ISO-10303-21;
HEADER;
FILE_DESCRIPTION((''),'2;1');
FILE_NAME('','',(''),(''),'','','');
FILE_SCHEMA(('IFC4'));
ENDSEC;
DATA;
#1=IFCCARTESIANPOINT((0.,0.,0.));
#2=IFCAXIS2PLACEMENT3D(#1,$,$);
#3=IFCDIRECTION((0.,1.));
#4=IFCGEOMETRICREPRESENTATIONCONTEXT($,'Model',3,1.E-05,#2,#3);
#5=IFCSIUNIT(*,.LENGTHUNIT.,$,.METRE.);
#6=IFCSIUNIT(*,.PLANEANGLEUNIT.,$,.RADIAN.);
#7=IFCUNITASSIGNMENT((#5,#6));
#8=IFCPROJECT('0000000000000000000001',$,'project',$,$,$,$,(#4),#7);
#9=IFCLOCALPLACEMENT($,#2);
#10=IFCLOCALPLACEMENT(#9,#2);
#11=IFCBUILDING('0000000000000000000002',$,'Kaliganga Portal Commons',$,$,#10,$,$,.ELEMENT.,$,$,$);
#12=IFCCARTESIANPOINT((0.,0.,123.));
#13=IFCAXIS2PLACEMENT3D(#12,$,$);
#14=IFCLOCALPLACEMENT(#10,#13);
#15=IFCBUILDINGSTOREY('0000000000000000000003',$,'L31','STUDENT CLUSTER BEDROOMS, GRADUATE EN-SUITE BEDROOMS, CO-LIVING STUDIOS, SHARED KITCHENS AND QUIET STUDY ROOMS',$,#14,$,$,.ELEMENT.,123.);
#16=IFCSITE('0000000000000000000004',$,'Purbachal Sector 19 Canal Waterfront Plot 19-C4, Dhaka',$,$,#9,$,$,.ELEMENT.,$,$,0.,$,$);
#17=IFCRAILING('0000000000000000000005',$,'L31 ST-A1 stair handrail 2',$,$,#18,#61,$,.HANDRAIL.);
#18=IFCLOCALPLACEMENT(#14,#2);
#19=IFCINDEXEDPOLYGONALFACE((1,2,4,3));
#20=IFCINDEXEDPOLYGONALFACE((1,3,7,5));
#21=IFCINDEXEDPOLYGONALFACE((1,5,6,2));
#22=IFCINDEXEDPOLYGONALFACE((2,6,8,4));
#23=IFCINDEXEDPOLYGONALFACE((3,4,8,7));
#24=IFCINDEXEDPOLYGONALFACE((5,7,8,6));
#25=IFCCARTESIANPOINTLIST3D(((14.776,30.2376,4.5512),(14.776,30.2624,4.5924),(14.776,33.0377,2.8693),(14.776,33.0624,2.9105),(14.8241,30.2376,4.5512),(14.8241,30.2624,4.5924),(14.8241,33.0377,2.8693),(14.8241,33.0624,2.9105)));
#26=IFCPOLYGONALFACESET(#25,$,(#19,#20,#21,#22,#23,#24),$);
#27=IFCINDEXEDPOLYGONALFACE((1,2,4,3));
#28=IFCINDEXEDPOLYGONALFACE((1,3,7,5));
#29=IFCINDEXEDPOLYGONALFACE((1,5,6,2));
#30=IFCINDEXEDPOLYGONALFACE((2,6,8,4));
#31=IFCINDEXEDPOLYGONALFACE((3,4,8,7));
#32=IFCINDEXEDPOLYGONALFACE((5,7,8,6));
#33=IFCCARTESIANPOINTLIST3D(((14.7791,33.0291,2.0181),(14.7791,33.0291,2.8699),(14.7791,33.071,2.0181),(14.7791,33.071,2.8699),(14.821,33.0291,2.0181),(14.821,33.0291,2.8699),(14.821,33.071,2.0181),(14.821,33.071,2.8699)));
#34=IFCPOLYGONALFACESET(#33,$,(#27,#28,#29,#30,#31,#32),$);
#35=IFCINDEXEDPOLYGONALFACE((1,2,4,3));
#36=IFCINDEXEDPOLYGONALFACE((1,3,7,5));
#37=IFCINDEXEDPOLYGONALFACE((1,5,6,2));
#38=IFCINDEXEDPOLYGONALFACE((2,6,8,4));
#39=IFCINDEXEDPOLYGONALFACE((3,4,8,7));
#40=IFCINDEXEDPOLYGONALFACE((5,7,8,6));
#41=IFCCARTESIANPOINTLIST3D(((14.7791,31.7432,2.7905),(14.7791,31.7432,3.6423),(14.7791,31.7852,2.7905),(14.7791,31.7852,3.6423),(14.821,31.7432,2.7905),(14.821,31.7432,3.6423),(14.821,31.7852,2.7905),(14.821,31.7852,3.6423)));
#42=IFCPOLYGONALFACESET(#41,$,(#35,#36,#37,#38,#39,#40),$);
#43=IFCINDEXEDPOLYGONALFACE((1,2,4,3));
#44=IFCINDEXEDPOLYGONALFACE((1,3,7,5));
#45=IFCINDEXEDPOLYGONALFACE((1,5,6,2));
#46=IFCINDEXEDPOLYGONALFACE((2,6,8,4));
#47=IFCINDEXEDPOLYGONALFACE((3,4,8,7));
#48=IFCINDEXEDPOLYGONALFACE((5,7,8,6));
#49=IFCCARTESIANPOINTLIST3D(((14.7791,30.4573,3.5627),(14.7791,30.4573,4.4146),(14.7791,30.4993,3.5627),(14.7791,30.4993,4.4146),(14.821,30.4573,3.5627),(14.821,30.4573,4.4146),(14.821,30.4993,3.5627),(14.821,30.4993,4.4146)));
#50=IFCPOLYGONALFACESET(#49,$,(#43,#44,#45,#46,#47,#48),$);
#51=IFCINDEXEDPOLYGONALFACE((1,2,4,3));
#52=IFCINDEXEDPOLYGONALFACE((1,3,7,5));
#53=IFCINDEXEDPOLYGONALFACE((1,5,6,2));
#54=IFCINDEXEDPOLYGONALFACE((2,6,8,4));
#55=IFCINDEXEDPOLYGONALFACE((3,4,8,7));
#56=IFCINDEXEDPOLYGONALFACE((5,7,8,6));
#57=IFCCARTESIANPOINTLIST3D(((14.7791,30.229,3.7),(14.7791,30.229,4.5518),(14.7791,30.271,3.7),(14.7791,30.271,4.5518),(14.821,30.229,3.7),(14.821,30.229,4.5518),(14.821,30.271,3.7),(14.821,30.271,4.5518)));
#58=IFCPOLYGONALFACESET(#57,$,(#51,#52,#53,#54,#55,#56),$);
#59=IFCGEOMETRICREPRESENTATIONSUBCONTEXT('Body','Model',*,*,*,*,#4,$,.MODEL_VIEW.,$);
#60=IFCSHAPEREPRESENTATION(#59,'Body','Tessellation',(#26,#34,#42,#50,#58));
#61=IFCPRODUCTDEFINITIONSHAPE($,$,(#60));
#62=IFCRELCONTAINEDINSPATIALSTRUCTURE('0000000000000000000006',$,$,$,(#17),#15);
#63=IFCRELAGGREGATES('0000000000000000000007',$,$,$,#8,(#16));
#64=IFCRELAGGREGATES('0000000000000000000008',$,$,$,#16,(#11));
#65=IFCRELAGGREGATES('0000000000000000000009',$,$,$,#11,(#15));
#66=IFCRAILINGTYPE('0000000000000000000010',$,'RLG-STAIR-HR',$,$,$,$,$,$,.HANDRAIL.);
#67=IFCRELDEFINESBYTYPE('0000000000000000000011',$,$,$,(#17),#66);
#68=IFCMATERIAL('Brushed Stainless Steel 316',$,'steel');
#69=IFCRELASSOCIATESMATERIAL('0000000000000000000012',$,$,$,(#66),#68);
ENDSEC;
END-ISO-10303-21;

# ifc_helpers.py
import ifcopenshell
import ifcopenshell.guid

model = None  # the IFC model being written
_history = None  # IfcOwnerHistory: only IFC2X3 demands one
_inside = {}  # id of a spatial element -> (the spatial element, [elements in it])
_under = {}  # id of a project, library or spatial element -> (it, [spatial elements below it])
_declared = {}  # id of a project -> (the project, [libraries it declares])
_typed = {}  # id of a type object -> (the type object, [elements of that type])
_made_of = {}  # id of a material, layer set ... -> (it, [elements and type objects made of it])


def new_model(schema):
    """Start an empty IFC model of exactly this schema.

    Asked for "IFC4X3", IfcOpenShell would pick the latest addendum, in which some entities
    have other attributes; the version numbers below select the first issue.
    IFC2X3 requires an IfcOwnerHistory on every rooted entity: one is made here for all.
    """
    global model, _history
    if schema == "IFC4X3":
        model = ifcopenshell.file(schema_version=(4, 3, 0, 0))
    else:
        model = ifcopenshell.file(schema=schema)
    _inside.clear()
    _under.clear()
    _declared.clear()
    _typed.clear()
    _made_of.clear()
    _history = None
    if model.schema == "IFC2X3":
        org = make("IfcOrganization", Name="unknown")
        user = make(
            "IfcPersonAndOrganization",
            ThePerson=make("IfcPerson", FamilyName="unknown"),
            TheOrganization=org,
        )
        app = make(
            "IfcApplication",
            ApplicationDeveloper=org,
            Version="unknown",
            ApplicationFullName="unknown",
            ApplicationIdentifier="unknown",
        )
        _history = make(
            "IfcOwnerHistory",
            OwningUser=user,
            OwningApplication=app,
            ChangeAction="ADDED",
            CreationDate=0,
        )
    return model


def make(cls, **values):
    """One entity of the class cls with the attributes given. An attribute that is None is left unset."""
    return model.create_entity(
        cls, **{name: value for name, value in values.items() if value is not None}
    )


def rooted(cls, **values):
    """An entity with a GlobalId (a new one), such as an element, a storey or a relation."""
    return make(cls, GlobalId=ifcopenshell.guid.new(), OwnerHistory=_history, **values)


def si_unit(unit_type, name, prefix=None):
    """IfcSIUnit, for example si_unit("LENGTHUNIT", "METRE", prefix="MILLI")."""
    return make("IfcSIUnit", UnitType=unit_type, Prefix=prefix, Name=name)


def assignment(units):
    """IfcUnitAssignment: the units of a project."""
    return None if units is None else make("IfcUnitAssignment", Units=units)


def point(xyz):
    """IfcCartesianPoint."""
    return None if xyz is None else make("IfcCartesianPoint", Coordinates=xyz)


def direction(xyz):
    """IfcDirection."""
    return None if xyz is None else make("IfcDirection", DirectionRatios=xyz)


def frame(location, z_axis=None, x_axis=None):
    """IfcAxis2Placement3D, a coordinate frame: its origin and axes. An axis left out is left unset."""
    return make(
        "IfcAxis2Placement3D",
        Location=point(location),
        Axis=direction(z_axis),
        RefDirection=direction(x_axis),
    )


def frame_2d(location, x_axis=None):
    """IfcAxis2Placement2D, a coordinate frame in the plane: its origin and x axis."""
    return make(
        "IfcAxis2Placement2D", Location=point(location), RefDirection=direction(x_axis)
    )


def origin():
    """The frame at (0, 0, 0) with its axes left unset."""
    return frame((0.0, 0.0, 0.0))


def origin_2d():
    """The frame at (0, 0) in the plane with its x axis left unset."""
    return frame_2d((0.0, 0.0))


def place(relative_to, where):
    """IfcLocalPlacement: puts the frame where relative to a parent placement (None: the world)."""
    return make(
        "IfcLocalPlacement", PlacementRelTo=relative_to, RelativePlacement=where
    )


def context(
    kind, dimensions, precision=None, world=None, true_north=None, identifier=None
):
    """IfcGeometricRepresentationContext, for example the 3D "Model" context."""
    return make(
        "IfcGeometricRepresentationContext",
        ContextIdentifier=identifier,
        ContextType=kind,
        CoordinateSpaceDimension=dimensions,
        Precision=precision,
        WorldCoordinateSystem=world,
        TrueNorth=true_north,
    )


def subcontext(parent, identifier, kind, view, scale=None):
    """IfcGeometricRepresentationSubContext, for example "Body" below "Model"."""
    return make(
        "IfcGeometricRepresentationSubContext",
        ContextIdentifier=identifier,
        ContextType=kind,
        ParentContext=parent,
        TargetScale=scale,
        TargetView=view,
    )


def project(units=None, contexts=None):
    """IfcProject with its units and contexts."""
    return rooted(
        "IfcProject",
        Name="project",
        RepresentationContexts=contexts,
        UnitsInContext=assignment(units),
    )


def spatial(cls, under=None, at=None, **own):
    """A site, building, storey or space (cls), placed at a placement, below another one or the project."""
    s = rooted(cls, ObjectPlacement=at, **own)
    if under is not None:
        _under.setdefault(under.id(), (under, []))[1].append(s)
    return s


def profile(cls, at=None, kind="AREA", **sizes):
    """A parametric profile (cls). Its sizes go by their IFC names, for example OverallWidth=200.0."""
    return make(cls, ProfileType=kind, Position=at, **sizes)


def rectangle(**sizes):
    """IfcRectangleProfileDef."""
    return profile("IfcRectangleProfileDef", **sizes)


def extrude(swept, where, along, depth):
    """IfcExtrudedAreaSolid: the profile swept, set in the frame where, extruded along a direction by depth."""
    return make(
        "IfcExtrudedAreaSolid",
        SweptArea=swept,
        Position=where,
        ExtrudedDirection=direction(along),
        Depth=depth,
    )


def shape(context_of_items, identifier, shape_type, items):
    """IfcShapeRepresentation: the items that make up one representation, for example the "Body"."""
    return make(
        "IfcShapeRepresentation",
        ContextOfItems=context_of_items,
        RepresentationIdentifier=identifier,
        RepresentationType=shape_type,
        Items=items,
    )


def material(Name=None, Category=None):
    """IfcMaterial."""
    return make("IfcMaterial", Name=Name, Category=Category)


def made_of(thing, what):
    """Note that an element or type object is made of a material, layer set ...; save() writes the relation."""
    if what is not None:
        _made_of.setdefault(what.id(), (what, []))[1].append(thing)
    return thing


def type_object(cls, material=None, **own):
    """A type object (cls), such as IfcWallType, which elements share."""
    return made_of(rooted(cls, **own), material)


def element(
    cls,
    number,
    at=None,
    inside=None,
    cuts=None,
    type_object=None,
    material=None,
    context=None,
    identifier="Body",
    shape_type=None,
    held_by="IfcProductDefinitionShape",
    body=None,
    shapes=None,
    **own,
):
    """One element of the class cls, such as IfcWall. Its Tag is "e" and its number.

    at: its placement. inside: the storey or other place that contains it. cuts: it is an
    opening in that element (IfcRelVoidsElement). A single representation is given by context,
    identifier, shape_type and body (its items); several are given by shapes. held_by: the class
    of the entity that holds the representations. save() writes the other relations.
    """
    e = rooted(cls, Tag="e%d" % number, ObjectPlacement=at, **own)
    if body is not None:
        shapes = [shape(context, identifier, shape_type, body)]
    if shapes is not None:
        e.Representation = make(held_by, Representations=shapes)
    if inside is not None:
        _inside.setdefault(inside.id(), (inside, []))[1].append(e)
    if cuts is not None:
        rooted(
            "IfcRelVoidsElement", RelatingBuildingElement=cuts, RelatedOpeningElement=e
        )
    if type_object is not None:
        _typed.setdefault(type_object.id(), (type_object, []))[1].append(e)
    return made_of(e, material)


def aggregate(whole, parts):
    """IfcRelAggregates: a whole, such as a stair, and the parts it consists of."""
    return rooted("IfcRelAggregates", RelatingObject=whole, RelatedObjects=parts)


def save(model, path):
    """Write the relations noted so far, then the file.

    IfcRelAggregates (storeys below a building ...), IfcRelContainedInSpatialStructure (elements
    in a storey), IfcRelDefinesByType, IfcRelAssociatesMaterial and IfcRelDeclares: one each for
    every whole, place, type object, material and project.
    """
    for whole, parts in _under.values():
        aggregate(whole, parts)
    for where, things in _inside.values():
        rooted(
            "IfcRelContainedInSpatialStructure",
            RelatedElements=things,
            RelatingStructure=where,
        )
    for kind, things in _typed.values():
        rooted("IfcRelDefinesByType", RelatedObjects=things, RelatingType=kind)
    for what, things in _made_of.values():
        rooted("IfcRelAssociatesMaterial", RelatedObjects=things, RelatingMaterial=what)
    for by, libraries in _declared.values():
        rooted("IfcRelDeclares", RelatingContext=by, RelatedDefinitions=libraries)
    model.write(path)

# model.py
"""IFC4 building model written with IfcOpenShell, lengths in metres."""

from ifc_helpers import new_model, si_unit, direction, frame, origin, origin_2d, place, context, subcontext, project, spatial, rectangle, extrude, material, type_object, element, save


model = new_model("IFC4")

# Units and contexts
model_context = context("Model", 3, precision=1e-05, world=origin(), true_north=direction((0.0, 1.0)))
body_context = subcontext(model_context, "Body", "Model", "MODEL_VIEW")
ifc_project = project(units=[si_unit("LENGTHUNIT", "METRE"), si_unit("PLANEANGLEUNIT", "RADIAN")], contexts=[model_context])

# Site, building, storey
site_placement = place(None, origin())
site = spatial("IfcSite", under=ifc_project, at=site_placement, Name="Purbachal Sector 19 Canal Waterfront Plot 19-C4, Dhaka", CompositionType="ELEMENT", RefElevation=0.0)
building_placement = place(site_placement, origin())
building = spatial("IfcBuilding", under=site, at=building_placement, Name="Kaliganga Portal Commons", CompositionType="ELEMENT")
storey_placement = place(building_placement, frame((0.0, 0.0, 123.0)))
storey = spatial("IfcBuildingStorey", under=building, at=storey_placement, Name="L31", Description="STUDENT CLUSTER BEDROOMS, GRADUATE EN-SUITE BEDROOMS, CO-LIVING STUDIOS, SHARED KITCHENS AND QUIET STUDY ROOMS", CompositionType="ELEMENT", Elevation=123.0)

# Railing
ifc_material_1 = material(Name="Brushed Stainless Steel 316", Category="steel")
railing_type_1 = type_object("IfcRailingType", Name="RLG-STAIR-HR", PredefinedType="HANDRAIL", material=ifc_material_1)
railing_1_placement = place(storey_placement, frame((14.8, 33.05, 2.0181)))
element("IfcRailing", 1, at=railing_1_placement, inside=storey, type_object=railing_type_1, Name="L31 ST-A1 stair handrail 2", PredefinedType="HANDRAIL", context=body_context, shape_type="SweptSolid", body=[
    extrude(rectangle(XDim=0.0481, YDim=0.0481, at=origin_2d()), frame((0.0, 0.0, 0.8718), z_axis=(0.0, -0.857242, 0.514913), x_axis=(1.0, 0.0, 0.0)), (0.0, 0.0, 1.0), 3.2664),
    extrude(rectangle(XDim=0.042, YDim=0.042, at=origin_2d()), origin(), (0.0, 0.0, 1.0), 0.8518),
    extrude(rectangle(XDim=0.042, YDim=0.042, at=origin_2d()), frame((0.0, -1.2859, 0.7725)), (0.0, 0.0, 1.0), 0.8518),
    extrude(rectangle(XDim=0.042, YDim=0.042, at=origin_2d()), frame((0.0, -2.5718, 1.5447)), (0.0, 0.0, 1.0), 0.8518),
    extrude(rectangle(XDim=0.042, YDim=0.042, at=origin_2d()), frame((0.0, -2.8, 1.6819)), (0.0, 0.0, 1.0), 0.8518),
])

save(model, "model.ifc")
